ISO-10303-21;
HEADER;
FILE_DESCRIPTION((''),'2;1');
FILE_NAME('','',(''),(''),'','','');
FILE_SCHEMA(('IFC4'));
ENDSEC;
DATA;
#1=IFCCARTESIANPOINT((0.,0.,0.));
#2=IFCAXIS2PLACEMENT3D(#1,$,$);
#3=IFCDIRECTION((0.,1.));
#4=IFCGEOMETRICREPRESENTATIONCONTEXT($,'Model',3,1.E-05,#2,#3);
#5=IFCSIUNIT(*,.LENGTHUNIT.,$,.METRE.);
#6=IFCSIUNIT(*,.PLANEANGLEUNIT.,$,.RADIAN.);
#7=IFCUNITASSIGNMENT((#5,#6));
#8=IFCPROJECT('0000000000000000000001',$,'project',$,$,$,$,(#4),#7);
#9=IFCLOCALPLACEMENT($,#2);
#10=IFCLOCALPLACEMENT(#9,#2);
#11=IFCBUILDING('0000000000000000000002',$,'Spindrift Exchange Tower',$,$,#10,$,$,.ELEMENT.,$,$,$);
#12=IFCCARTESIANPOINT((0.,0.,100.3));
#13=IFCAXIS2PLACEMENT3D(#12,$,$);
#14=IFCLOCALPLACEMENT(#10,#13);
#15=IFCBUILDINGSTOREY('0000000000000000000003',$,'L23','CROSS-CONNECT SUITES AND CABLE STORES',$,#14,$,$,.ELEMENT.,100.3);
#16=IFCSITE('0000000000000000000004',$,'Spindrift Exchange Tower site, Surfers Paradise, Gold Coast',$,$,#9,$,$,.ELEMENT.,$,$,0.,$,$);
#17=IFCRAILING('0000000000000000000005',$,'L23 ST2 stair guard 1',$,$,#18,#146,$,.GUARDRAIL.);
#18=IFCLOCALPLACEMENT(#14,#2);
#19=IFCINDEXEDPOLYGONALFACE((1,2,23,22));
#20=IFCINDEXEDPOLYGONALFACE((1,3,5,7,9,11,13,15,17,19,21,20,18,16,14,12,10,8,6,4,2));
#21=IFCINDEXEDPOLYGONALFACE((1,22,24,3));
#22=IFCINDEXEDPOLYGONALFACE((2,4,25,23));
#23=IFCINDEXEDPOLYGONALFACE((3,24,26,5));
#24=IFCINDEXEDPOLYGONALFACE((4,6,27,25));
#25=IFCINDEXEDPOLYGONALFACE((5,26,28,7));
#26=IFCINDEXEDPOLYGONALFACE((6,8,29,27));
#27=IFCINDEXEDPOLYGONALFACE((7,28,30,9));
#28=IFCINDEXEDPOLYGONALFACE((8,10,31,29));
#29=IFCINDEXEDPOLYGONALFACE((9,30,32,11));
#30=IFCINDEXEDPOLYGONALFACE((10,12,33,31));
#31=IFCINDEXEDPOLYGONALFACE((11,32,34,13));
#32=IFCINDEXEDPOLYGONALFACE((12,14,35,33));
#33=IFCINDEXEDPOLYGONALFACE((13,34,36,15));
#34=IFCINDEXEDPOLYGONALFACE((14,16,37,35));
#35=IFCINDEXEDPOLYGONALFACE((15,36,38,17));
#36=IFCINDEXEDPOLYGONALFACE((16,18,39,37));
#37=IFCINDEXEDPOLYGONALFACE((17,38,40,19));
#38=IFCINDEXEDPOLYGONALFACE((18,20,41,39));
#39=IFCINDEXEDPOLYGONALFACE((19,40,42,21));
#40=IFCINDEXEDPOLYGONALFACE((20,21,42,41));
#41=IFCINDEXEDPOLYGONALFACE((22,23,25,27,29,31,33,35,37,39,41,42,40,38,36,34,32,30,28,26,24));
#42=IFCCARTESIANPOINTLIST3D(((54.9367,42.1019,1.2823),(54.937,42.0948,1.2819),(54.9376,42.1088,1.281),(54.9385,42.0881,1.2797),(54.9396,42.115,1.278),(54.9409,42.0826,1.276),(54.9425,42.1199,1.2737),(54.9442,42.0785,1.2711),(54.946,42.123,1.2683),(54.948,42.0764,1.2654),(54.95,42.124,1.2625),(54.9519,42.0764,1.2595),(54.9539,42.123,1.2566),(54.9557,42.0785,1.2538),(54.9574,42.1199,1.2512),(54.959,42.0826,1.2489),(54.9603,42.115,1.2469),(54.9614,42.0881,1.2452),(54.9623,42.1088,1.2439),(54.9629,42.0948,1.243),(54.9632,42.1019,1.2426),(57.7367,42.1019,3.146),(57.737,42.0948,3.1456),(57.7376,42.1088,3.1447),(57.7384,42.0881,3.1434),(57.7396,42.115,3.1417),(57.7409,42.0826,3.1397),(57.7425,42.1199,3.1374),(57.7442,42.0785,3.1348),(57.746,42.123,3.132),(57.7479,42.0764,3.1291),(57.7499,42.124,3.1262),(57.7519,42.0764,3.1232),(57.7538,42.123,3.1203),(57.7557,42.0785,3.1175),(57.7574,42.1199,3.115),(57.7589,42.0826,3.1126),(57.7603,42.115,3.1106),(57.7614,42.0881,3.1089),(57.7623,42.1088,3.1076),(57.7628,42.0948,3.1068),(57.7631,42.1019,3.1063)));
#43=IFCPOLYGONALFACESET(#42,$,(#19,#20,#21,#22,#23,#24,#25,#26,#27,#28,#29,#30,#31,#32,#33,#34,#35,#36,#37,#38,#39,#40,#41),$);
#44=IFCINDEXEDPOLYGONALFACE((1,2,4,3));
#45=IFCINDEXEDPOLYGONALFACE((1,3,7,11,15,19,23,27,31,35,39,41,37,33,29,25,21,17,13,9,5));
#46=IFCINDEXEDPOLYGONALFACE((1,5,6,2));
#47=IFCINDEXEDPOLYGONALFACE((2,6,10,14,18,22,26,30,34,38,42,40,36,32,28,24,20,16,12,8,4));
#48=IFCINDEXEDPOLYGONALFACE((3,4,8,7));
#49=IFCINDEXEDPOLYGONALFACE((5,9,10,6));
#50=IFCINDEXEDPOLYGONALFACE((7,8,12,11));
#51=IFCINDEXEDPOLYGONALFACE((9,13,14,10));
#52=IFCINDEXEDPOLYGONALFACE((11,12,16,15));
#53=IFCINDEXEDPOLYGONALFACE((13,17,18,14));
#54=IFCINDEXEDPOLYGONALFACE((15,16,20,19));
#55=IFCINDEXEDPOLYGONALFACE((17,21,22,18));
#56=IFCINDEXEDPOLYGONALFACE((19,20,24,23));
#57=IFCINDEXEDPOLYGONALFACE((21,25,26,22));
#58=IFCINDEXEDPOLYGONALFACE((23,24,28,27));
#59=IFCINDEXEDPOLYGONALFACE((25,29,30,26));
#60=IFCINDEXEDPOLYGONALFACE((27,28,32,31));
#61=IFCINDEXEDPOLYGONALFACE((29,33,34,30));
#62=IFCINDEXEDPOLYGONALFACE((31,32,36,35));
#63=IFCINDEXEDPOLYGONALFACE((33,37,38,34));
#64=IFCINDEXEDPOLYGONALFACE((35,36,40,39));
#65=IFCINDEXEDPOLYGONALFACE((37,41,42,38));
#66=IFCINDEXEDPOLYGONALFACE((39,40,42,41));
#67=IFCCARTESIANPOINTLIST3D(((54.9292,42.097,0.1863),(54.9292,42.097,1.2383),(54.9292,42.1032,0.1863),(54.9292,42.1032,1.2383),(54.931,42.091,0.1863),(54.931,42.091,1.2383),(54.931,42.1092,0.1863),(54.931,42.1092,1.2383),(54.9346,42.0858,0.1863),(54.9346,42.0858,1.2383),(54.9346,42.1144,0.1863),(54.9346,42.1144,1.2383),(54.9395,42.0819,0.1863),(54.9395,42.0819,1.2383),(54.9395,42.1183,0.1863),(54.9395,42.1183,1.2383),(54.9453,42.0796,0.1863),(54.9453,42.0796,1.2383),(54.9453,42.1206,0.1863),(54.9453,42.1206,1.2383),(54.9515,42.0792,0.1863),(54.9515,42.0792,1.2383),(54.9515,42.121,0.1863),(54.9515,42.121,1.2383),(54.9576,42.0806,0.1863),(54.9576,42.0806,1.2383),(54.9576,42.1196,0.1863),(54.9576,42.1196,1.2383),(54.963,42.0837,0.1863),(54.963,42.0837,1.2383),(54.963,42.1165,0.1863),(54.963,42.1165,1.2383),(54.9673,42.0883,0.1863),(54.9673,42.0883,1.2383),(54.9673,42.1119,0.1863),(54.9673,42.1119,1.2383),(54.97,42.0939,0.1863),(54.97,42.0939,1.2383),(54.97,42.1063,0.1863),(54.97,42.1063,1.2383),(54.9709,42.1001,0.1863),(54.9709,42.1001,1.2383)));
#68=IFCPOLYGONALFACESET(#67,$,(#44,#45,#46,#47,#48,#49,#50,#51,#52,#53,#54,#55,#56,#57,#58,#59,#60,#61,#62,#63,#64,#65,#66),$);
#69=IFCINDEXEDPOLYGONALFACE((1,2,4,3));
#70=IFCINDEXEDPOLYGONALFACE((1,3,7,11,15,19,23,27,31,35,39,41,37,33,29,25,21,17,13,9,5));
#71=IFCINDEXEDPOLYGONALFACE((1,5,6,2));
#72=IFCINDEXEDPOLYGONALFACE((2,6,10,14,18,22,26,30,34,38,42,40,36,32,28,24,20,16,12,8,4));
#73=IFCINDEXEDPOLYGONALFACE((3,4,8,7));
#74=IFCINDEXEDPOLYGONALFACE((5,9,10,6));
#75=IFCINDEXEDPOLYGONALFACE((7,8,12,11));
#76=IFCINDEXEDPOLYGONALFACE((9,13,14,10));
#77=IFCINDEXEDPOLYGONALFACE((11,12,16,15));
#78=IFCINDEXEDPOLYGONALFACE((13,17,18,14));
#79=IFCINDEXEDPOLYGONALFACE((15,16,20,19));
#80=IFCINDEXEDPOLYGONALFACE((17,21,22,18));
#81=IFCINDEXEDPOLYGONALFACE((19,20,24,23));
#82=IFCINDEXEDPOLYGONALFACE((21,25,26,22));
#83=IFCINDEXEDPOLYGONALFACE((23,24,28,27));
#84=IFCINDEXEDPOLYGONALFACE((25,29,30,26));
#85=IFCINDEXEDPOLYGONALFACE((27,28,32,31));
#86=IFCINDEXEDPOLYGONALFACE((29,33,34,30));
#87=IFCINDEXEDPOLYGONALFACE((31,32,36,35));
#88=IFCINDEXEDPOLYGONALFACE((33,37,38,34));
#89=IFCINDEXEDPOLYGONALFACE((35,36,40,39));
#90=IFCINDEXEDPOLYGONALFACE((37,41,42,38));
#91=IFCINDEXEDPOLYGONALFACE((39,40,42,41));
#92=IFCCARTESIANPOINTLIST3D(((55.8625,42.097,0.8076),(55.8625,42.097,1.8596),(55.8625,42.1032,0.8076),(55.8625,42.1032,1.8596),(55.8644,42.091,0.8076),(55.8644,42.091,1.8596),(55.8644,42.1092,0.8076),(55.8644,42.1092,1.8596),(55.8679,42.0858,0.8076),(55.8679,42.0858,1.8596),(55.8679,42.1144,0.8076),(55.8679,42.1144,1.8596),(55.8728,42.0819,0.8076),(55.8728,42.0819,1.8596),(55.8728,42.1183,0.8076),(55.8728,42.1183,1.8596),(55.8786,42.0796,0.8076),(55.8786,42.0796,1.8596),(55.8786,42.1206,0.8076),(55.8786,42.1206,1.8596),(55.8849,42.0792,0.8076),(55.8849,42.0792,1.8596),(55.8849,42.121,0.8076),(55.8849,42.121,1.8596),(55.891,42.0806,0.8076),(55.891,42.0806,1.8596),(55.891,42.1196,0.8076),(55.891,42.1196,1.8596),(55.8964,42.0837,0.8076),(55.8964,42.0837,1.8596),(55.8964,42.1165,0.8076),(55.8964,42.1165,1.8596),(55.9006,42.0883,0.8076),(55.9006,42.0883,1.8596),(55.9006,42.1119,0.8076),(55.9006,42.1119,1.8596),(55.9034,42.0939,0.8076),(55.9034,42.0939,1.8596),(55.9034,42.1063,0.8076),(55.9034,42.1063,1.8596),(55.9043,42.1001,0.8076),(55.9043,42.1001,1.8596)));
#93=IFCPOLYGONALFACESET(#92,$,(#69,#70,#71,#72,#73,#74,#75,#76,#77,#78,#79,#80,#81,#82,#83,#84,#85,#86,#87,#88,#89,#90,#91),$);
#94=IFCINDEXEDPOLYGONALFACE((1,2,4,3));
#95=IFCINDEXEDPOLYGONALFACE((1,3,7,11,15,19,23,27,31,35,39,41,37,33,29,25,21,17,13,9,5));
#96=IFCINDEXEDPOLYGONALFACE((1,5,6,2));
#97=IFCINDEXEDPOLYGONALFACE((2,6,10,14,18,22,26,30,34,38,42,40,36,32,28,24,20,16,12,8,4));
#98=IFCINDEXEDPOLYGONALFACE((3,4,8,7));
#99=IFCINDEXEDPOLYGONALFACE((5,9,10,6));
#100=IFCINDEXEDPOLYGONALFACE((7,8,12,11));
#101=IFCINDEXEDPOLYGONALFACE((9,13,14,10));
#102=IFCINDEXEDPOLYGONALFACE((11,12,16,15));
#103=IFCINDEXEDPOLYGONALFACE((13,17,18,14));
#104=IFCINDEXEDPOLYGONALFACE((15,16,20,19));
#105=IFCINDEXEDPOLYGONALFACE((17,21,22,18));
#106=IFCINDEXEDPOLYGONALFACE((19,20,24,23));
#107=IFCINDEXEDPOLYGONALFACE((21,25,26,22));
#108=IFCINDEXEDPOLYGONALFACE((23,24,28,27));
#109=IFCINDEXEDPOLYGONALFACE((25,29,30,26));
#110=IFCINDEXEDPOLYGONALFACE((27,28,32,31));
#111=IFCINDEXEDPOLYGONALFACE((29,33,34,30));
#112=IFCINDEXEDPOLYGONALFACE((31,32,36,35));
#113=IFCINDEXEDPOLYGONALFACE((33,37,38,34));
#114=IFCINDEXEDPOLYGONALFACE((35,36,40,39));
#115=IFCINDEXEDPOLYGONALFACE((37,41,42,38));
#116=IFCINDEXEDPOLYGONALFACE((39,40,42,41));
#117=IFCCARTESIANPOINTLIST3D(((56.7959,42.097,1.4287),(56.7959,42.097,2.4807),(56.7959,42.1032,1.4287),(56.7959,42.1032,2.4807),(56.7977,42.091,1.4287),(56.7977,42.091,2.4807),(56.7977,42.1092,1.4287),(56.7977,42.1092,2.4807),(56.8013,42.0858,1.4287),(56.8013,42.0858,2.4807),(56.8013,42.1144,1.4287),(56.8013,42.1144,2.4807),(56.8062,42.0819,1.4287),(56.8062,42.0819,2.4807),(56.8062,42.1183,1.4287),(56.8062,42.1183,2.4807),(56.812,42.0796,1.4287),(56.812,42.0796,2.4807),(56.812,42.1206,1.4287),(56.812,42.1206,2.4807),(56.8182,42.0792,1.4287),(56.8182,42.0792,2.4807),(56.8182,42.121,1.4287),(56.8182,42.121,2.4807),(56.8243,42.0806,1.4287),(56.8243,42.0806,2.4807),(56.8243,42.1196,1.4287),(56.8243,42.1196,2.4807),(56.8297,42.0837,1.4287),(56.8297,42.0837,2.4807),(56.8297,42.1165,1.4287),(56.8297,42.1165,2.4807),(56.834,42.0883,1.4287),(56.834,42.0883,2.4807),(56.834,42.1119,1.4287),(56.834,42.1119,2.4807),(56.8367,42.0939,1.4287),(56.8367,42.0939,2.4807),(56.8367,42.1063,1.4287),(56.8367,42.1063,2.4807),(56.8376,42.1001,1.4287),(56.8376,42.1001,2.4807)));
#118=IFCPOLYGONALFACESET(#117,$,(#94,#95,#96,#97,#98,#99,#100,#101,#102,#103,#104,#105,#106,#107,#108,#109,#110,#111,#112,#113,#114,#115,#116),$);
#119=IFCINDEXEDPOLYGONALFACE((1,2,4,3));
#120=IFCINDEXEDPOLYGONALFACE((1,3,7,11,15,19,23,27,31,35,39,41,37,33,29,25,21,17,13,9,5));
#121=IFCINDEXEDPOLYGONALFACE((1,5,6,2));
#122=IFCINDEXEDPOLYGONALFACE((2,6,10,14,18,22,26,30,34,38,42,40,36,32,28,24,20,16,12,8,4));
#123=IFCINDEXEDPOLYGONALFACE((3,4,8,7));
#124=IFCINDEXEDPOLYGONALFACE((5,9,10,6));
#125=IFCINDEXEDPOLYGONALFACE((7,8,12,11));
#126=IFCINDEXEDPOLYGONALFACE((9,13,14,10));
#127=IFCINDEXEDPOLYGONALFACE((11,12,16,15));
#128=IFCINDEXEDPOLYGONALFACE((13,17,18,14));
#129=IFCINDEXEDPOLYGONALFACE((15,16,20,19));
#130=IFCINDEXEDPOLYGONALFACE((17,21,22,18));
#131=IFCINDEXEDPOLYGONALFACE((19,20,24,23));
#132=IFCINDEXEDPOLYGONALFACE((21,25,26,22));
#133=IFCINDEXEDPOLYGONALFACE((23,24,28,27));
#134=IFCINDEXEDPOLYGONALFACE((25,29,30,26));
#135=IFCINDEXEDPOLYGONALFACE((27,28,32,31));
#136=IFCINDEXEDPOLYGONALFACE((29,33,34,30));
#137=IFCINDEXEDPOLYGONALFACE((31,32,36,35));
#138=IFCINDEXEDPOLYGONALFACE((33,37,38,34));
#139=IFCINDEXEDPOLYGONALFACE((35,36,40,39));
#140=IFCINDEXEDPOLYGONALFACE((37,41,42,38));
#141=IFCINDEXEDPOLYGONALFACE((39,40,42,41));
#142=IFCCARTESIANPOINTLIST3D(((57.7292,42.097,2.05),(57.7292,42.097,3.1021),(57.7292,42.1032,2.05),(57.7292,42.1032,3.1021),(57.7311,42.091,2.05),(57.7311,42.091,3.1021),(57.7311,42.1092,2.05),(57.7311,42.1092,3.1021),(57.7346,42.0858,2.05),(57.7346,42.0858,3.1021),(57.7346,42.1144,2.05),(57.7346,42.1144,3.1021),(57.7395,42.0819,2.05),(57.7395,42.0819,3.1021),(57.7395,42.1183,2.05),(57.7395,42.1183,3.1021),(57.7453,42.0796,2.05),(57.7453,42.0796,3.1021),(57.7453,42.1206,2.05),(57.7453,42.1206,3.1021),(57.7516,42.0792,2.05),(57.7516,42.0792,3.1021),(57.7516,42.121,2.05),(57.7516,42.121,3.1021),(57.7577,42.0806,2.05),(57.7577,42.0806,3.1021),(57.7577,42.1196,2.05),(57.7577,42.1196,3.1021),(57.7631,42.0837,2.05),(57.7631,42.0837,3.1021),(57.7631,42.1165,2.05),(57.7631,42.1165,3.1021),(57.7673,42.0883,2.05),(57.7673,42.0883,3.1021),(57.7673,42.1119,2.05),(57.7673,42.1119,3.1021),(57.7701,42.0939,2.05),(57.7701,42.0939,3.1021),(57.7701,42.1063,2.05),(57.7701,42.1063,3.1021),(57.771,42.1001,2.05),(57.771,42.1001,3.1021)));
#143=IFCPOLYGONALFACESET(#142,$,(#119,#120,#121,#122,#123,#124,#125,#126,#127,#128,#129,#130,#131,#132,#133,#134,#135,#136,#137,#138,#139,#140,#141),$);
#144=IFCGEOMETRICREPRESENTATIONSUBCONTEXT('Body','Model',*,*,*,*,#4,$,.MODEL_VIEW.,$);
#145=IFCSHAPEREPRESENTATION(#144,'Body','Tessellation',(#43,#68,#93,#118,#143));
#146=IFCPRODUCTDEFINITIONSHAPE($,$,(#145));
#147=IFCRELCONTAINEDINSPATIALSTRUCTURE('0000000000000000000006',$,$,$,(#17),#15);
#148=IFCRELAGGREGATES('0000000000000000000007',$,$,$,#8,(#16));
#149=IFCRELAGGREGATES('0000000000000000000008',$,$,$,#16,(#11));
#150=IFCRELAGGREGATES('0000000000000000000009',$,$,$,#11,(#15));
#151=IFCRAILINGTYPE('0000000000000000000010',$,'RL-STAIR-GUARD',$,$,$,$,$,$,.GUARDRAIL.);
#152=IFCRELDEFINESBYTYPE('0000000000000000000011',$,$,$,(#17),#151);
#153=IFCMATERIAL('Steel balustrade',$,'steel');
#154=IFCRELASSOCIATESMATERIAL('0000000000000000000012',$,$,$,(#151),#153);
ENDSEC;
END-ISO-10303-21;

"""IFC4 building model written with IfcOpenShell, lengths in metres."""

from ifc_helpers import new_model, si_unit, direction, frame, origin, origin_2d, place, context, subcontext, project, spatial, circle, extrude, material, type_object, element, save


model = new_model("IFC4")

# Units and contexts
model_context = context("Model", 3, precision=1e-05, world=origin(), true_north=direction((0.0, 1.0)))
body_context = subcontext(model_context, "Body", "Model", "MODEL_VIEW")
ifc_project = project(units=[si_unit("LENGTHUNIT", "METRE"), si_unit("PLANEANGLEUNIT", "RADIAN")], contexts=[model_context])

# Site, building, storey
site_placement = place(None, origin())
site = spatial("IfcSite", under=ifc_project, at=site_placement, Name="Spindrift Exchange Tower site, Surfers Paradise, Gold Coast", CompositionType="ELEMENT", RefElevation=0.0)
building_placement = place(site_placement, origin())
building = spatial("IfcBuilding", under=site, at=building_placement, Name="Spindrift Exchange Tower", CompositionType="ELEMENT")
storey_placement = place(building_placement, frame((0.0, 0.0, 100.3)))
storey = spatial("IfcBuildingStorey", under=building, at=storey_placement, Name="L23", Description="CROSS-CONNECT SUITES AND CABLE STORES", CompositionType="ELEMENT", Elevation=100.3)

# Railing
ifc_material_1 = material(Name="Steel balustrade", Category="steel")
railing_type_1 = type_object("IfcRailingType", Name="RL-STAIR-GUARD", PredefinedType="GUARDRAIL", material=ifc_material_1)
railing_1_placement = place(storey_placement, frame((54.95, 42.1001, 0.1863)))
element("IfcRailing", 1, at=railing_1_placement, inside=storey, type_object=railing_type_1, Name="L23 ST2 stair guard 1", PredefinedType="GUARDRAIL", context=body_context, shape_type="SweptSolid", body=[
    extrude(circle(Radius=0.0239, at=origin_2d()), frame((0.0, 0.0, 1.0762), z_axis=(0.832452, 0.0, 0.554097), x_axis=(0.0, 1.0, 0.0)), (0.0, 0.0, 1.0), 3.3635),
    extrude(circle(Radius=0.021, at=origin_2d()), origin(), (0.0, 0.0, 1.0), 1.052),
    extrude(circle(Radius=0.021, at=origin_2d()), frame((0.9333, 0.0, 0.6213)), (0.0, 0.0, 1.0), 1.052),
    extrude(circle(Radius=0.021, at=origin_2d()), frame((1.8667, 0.0, 1.2424)), (0.0, 0.0, 1.0), 1.052),
    extrude(circle(Radius=0.021, at=origin_2d()), frame((2.8, 0.0, 1.8638)), (0.0, 0.0, 1.0), 1.052),
])

save(model, "model.ifc")
